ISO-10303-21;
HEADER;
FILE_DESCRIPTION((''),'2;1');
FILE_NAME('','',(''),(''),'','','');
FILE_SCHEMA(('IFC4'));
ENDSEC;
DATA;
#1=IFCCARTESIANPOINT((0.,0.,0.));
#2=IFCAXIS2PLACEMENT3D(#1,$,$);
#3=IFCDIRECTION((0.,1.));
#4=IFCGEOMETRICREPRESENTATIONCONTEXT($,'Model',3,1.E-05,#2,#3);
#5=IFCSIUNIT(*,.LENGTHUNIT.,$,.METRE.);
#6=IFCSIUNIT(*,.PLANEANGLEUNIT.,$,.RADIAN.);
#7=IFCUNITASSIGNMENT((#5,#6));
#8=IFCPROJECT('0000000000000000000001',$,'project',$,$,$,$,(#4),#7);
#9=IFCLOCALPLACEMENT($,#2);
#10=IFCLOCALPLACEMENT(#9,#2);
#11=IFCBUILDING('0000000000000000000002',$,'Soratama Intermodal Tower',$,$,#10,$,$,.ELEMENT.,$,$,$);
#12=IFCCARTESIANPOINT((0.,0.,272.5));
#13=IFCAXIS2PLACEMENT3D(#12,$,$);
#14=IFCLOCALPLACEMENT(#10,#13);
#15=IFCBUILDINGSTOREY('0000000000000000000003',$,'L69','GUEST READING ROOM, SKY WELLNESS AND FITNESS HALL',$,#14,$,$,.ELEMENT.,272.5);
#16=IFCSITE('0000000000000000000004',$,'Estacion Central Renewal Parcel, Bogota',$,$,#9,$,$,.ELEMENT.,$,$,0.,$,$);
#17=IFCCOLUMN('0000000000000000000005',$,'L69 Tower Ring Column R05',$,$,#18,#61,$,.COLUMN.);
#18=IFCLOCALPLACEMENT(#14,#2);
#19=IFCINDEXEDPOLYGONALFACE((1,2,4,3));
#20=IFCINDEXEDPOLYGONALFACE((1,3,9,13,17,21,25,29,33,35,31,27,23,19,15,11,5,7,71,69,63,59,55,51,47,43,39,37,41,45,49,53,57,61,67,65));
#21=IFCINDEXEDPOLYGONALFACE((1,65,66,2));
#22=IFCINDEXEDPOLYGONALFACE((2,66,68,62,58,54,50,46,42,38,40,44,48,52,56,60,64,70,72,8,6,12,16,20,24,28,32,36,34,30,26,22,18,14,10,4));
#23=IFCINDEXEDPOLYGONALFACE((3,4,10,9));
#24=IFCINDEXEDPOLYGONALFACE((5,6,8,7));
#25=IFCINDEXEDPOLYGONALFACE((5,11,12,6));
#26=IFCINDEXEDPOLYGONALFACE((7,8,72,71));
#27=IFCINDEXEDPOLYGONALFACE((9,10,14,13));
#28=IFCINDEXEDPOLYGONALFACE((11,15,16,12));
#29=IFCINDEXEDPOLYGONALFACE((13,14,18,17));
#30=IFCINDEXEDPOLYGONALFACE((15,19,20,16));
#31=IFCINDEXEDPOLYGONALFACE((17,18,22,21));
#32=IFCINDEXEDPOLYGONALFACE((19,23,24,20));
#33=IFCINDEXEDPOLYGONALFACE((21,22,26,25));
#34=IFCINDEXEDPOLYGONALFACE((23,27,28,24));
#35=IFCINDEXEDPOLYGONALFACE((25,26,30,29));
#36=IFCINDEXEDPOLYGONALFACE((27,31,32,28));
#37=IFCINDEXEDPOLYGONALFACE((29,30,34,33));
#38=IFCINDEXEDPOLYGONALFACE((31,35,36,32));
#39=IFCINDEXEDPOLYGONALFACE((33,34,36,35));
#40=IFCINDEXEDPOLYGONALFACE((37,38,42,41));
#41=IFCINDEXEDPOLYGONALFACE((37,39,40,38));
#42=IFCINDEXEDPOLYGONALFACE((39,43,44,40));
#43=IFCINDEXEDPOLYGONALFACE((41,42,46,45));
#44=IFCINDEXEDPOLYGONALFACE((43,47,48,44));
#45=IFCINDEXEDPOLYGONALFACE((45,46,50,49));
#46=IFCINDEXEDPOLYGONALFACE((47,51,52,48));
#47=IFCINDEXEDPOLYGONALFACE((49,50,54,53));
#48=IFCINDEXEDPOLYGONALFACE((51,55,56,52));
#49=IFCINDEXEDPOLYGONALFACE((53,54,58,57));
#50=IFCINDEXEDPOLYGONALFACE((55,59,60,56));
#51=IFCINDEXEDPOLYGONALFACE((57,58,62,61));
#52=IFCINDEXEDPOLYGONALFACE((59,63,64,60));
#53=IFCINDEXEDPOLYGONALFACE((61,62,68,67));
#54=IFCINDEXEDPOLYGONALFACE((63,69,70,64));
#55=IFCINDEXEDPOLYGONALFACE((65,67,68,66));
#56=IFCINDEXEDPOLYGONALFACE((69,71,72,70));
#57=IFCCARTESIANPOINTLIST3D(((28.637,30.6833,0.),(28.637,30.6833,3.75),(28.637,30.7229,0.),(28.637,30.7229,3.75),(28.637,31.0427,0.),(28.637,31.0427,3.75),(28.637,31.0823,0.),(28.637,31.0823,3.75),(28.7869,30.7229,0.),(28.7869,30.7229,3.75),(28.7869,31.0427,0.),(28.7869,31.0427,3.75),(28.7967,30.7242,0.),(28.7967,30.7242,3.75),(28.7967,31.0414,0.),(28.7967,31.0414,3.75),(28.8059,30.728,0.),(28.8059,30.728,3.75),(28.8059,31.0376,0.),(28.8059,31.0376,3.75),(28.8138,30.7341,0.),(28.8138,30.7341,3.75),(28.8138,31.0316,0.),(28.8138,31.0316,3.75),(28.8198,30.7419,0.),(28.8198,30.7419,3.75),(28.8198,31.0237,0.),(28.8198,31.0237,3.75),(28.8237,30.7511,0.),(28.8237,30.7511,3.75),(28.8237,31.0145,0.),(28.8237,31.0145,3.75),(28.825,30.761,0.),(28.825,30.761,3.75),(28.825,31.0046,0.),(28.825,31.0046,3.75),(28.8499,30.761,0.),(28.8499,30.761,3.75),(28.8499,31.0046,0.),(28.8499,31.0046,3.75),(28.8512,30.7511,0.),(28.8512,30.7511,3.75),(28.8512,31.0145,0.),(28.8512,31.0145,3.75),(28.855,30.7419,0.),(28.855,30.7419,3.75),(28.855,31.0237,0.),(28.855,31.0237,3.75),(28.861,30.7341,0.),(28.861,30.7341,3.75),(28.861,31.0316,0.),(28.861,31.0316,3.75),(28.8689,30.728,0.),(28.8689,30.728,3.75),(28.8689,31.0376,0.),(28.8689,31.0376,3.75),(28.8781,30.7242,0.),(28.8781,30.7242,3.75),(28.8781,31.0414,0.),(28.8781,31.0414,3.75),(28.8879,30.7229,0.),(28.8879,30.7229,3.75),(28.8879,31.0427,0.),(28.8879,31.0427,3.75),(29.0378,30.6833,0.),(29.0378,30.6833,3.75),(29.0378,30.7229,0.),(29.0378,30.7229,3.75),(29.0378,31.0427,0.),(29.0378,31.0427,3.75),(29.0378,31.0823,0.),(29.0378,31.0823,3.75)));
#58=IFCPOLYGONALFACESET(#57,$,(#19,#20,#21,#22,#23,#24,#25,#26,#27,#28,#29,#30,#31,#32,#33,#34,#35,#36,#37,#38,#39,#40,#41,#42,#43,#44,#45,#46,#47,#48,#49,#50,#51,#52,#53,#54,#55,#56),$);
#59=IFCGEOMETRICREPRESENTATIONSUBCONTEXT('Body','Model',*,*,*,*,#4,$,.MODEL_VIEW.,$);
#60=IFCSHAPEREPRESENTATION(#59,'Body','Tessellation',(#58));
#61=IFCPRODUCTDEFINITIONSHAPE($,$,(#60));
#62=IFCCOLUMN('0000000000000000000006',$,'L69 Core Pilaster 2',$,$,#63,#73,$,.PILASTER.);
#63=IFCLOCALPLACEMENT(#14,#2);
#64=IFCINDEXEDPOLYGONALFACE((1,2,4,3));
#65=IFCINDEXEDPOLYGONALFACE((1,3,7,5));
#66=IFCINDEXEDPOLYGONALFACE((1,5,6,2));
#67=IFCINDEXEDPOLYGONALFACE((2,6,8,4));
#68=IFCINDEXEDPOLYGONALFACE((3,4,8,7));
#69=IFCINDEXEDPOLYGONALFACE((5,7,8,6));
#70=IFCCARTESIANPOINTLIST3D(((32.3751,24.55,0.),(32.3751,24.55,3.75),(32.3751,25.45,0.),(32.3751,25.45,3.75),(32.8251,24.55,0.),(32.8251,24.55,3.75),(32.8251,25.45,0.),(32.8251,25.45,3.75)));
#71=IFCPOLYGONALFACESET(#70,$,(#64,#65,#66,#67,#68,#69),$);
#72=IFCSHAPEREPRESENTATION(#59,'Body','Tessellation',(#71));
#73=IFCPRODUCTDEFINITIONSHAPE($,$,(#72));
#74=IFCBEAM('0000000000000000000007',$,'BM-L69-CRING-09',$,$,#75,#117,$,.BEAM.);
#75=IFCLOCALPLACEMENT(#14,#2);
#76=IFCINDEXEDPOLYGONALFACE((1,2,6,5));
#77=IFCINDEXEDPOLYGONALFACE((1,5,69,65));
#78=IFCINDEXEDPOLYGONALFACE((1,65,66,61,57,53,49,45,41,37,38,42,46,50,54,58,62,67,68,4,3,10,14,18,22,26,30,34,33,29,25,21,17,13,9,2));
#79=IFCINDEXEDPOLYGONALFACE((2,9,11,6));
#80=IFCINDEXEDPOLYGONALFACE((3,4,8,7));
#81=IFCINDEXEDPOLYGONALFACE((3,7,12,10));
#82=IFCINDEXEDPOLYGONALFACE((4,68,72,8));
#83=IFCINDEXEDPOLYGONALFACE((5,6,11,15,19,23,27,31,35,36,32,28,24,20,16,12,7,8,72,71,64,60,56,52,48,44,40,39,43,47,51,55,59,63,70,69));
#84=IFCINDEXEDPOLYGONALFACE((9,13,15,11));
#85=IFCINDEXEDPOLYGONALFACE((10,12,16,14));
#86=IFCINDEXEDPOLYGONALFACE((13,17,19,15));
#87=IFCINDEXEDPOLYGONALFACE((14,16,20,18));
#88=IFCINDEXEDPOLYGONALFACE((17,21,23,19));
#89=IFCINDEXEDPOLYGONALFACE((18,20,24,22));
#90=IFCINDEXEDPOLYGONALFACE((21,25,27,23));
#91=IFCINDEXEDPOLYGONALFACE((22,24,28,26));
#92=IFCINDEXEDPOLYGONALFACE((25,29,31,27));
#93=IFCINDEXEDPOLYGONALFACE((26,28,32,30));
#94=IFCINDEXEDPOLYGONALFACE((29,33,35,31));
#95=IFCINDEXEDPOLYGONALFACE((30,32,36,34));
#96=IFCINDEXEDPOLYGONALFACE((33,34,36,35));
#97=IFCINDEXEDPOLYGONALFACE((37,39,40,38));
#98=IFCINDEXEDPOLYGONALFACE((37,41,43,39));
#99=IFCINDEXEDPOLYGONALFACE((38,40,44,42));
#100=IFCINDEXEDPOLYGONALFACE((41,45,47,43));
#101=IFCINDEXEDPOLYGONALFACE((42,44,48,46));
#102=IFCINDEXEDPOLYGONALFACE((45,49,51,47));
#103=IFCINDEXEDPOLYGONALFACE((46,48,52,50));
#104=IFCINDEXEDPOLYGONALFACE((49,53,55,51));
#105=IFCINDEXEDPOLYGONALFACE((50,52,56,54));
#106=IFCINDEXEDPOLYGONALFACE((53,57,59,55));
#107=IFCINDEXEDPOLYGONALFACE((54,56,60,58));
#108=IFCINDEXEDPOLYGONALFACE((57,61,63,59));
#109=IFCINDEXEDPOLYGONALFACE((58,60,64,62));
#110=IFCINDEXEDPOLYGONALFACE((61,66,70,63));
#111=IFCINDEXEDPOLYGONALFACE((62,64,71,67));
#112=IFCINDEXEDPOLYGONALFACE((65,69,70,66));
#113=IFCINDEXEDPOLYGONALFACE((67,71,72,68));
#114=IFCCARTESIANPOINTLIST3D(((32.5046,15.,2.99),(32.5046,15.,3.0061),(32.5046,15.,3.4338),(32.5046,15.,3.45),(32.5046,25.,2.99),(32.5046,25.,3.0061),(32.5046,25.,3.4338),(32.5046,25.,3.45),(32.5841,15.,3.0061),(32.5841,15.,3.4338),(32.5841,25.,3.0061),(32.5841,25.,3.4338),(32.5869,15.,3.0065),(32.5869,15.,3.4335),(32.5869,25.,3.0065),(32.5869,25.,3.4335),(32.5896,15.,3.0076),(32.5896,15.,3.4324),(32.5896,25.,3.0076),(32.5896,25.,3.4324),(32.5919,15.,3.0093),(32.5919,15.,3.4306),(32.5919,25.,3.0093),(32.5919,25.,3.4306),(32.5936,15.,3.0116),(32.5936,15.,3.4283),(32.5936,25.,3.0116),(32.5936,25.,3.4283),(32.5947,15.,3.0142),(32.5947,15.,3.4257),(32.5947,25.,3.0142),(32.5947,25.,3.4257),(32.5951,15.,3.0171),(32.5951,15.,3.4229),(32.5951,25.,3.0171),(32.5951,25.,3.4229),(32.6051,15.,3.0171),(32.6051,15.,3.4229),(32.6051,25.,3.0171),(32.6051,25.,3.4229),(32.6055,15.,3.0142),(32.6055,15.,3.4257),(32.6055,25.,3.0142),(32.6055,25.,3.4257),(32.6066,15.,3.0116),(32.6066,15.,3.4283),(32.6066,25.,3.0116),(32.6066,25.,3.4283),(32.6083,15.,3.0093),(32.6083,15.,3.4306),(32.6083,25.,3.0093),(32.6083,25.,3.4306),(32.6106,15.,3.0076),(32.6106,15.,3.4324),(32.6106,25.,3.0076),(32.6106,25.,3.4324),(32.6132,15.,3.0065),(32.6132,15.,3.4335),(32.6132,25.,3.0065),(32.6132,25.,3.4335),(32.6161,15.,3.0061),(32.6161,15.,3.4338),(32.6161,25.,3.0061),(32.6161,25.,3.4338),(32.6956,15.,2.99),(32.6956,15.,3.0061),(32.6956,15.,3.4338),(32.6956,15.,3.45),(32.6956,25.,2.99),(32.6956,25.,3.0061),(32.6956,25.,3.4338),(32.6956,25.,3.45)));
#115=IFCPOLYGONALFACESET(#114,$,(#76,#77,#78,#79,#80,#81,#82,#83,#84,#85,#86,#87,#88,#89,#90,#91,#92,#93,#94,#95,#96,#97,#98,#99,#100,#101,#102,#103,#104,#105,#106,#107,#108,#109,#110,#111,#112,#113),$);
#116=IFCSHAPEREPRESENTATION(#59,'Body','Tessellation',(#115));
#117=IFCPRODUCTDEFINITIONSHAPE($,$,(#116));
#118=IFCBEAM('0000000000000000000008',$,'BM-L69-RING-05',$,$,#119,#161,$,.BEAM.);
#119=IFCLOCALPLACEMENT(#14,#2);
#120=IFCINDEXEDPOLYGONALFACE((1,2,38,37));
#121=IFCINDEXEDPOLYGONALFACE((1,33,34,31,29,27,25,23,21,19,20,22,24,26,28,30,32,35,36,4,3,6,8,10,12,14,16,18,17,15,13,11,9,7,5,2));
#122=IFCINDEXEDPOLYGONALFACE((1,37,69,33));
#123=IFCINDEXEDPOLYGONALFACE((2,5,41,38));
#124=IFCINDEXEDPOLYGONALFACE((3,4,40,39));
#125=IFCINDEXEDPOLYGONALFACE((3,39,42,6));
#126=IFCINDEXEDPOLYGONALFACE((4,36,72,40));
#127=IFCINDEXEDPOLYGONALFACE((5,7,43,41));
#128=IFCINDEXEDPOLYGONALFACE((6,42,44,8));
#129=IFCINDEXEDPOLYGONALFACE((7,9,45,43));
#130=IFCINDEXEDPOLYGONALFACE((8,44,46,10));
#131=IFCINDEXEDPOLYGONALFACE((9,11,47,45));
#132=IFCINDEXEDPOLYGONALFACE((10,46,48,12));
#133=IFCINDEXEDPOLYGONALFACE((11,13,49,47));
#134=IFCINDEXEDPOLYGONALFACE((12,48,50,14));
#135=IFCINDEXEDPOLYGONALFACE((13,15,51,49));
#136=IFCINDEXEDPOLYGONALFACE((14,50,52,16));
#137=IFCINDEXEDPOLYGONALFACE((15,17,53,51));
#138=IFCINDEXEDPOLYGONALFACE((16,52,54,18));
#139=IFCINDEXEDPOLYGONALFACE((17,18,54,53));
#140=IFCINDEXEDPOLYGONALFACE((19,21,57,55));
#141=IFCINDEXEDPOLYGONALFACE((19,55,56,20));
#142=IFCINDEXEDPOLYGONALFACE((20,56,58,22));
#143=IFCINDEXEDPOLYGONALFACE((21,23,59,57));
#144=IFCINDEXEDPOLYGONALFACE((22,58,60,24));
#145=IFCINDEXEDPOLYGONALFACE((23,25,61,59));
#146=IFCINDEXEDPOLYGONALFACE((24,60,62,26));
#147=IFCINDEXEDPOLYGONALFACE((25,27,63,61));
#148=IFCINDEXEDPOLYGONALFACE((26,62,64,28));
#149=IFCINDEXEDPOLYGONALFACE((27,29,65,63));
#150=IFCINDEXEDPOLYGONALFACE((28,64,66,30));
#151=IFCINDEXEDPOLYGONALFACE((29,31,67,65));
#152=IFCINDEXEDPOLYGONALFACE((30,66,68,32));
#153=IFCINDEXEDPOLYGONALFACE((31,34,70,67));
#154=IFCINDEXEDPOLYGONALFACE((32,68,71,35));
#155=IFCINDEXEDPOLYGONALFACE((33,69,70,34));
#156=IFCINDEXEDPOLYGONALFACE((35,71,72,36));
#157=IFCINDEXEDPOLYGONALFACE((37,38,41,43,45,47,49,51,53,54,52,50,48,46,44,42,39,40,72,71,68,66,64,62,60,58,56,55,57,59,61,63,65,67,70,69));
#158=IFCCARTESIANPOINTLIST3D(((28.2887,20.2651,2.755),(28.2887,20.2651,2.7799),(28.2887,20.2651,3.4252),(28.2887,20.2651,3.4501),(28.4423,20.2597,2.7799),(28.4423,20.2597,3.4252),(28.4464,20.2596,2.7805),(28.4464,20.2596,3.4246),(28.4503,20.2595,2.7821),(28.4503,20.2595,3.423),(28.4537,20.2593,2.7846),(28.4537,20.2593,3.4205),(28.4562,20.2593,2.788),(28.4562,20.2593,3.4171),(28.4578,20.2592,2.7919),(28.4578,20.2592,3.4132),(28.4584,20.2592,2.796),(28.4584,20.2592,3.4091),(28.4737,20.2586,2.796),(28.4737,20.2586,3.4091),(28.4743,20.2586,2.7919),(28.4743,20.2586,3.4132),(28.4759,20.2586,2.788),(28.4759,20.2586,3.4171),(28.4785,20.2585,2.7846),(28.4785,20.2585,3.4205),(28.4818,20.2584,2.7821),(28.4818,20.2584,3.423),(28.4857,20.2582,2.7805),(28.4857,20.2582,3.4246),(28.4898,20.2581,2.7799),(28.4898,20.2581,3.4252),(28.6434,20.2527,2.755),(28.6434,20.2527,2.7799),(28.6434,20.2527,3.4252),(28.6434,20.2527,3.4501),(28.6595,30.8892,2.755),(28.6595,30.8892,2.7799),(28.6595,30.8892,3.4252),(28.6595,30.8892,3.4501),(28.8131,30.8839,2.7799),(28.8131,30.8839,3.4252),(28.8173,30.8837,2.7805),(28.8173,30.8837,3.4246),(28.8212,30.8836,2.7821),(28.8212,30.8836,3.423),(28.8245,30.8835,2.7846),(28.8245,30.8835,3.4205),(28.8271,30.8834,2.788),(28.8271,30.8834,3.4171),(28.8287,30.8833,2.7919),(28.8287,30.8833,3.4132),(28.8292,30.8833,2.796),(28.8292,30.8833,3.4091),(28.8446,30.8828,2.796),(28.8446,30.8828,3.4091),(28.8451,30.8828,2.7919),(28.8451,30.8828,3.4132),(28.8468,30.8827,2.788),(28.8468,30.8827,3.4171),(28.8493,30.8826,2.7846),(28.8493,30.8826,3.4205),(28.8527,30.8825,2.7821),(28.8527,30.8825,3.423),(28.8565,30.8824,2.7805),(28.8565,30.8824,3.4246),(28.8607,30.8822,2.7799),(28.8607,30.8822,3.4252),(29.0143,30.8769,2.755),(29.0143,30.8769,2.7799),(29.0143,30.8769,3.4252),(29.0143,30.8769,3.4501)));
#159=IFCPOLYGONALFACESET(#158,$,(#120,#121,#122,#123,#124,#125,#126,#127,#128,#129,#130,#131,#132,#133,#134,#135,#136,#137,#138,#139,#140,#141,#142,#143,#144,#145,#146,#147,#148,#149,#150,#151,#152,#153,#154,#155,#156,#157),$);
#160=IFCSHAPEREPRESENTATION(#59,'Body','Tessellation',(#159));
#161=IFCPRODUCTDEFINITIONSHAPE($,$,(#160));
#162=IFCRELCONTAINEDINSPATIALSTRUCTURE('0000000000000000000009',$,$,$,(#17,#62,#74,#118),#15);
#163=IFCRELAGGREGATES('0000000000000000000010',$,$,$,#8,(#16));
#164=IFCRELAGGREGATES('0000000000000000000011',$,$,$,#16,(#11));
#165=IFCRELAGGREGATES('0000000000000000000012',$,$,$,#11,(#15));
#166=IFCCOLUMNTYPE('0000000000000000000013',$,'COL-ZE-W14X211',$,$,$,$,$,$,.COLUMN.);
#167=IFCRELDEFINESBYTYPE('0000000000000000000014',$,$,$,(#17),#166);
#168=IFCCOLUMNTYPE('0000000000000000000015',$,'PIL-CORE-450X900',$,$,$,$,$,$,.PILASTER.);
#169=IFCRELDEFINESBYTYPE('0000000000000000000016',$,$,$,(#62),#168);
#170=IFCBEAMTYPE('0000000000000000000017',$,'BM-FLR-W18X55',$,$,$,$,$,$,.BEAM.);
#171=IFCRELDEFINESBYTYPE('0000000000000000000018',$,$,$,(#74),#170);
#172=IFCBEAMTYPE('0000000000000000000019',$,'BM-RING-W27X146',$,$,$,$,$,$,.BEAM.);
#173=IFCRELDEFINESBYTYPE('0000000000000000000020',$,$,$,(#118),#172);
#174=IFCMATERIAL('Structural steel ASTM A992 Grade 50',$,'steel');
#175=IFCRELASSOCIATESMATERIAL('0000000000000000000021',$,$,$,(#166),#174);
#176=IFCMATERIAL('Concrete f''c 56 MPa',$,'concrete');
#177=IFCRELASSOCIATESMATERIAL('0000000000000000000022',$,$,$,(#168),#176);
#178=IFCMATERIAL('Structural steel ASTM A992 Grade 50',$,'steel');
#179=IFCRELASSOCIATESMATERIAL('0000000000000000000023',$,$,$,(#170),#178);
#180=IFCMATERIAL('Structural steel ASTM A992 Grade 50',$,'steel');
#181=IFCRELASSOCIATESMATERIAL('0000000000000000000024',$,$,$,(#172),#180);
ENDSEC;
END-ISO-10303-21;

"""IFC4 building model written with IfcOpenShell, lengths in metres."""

from ifc_helpers import new_model, si_unit, direction, frame, origin, origin_2d, place, context, subcontext, project, spatial, rectangle, i_section, extrude, material, material_profile, profile_set, type_object, element, save


model = new_model("IFC4")

# Units and contexts
model_context = context("Model", 3, precision=1e-05, world=origin(), true_north=direction((0.0, 1.0)))
body_context = subcontext(model_context, "Body", "Model", "MODEL_VIEW")
ifc_project = project(units=[si_unit("LENGTHUNIT", "METRE"), si_unit("PLANEANGLEUNIT", "RADIAN")], contexts=[model_context])

# Site, building, storey
site_placement = place(None, origin())
site = spatial("IfcSite", under=ifc_project, at=site_placement, Name="Estacion Central Renewal Parcel, Bogota", CompositionType="ELEMENT", RefElevation=0.0)
building_placement = place(site_placement, origin())
building = spatial("IfcBuilding", under=site, at=building_placement, Name="Soratama Intermodal Tower", CompositionType="ELEMENT")
storey_placement = place(building_placement, frame((0.0, 0.0, 272.5)))
storey = spatial("IfcBuildingStorey", under=building, at=storey_placement, Name="L69", Description="GUEST READING ROOM, SKY WELLNESS AND FITNESS HALL", CompositionType="ELEMENT", Elevation=272.5)

# Columns
ifc_material_1 = material(Name="Structural steel ASTM A992 Grade 50", Category="steel")
ifc_material_profile_1 = material_profile(ifc_material_1, i_section(OverallWidth=0.4009, OverallDepth=0.3989, WebThickness=0.0249, FlangeThickness=0.0396, FilletRadius=0.0381, at=origin_2d()), Name="W14X211")
ifc_profile_set_1 = profile_set([ifc_material_profile_1], Name="Structural steel ASTM A992 Grade 50")
column_type_1 = type_object("IfcColumnType", Name="COL-ZE-W14X211", PredefinedType="COLUMN", material=ifc_profile_set_1)
column_1_placement = place(storey_placement, frame((28.8374, 30.8828, 0.0), z_axis=(0.0, 0.0, 1.0), x_axis=(1.0, 0.0, 0.0)))
element("IfcColumn", 1, at=column_1_placement, inside=storey, type_object=column_type_1, Name="L69 Tower Ring Column R05", PredefinedType="COLUMN", context=body_context, shape_type="SweptSolid", body=[
    extrude(i_section(OverallWidth=0.4009, OverallDepth=0.3989, WebThickness=0.0249, FlangeThickness=0.0396, FilletRadius=0.0381, at=origin_2d()), origin(), (0.0, 0.0, 1.0), 3.75),
])
ifc_material_2 = material(Name="Concrete f'c 56 MPa", Category="concrete")
ifc_material_profile_2 = material_profile(ifc_material_2, rectangle(XDim=0.45, YDim=0.8999, at=origin_2d()), Name="RC450X900")
ifc_profile_set_2 = profile_set([ifc_material_profile_2], Name="Concrete f'c 56 MPa")
column_type_2 = type_object("IfcColumnType", Name="PIL-CORE-450X900", PredefinedType="PILASTER", material=ifc_profile_set_2)
column_2_placement = place(storey_placement, frame((32.6001, 25.0, 0.0), z_axis=(0.0, 0.0, 1.0), x_axis=(1.0, 0.0, 0.0)))
element("IfcColumn", 2, at=column_2_placement, inside=storey, type_object=column_type_2, Name="L69 Core Pilaster 2", PredefinedType="PILASTER", context=body_context, shape_type="SweptSolid", body=[
    extrude(rectangle(XDim=0.45, YDim=0.8999, at=origin_2d()), origin(), (0.0, 0.0, 1.0), 3.75),
])

# Beams
ifc_material_3 = material(Name="Structural steel ASTM A992 Grade 50", Category="steel")
ifc_material_profile_3 = material_profile(ifc_material_3, i_section(OverallWidth=0.1909, OverallDepth=0.46, WebThickness=0.01, FlangeThickness=0.0161, FilletRadius=0.011, at=origin_2d()), Name="W18X55")
ifc_profile_set_3 = profile_set([ifc_material_profile_3], Name="Structural steel ASTM A992 Grade 50")
beam_type_1 = type_object("IfcBeamType", Name="BM-FLR-W18X55", PredefinedType="BEAM", material=ifc_profile_set_3)
beam_1_placement = place(storey_placement, frame((32.6001, 25.0, 3.22), z_axis=(0.0, -1.0, 0.0), x_axis=(1.0, 0.0, 0.0)))
element("IfcBeam", 3, at=beam_1_placement, inside=storey, type_object=beam_type_1, Name="BM-L69-CRING-09", PredefinedType="BEAM", context=body_context, shape_type="SweptSolid", body=[
    extrude(i_section(OverallWidth=0.1909, OverallDepth=0.46, WebThickness=0.01, FlangeThickness=0.0161, FilletRadius=0.011, at=origin_2d()), origin(), (0.0, 0.0, 1.0), 10.0),
])
ifc_material_4 = material(Name="Structural steel ASTM A992 Grade 50", Category="steel")
ifc_material_profile_4 = material_profile(ifc_material_4, i_section(OverallWidth=0.355, OverallDepth=0.6951, WebThickness=0.0154, FlangeThickness=0.0249, FilletRadius=0.0161, at=origin_2d()), Name="W27X146")
ifc_profile_set_4 = profile_set([ifc_material_profile_4], Name="Structural steel ASTM A992 Grade 50")
beam_type_2 = type_object("IfcBeamType", Name="BM-RING-W27X146", PredefinedType="BEAM", material=ifc_profile_set_4)
beam_2_placement = place(storey_placement, frame((28.8369, 30.8831, 3.1025), z_axis=(-0.034885, -0.999391, 0.0), x_axis=(0.999391, -0.034885, 0.0)))
element("IfcBeam", 4, at=beam_2_placement, inside=storey, type_object=beam_type_2, Name="BM-L69-RING-05", PredefinedType="BEAM", context=body_context, shape_type="SweptSolid", body=[
    extrude(i_section(OverallWidth=0.355, OverallDepth=0.6951, WebThickness=0.0154, FlangeThickness=0.0249, FilletRadius=0.0161, at=origin_2d()), origin(), (0.0, 0.0, 1.0), 10.6306),
])

save(model, "model.ifc")
